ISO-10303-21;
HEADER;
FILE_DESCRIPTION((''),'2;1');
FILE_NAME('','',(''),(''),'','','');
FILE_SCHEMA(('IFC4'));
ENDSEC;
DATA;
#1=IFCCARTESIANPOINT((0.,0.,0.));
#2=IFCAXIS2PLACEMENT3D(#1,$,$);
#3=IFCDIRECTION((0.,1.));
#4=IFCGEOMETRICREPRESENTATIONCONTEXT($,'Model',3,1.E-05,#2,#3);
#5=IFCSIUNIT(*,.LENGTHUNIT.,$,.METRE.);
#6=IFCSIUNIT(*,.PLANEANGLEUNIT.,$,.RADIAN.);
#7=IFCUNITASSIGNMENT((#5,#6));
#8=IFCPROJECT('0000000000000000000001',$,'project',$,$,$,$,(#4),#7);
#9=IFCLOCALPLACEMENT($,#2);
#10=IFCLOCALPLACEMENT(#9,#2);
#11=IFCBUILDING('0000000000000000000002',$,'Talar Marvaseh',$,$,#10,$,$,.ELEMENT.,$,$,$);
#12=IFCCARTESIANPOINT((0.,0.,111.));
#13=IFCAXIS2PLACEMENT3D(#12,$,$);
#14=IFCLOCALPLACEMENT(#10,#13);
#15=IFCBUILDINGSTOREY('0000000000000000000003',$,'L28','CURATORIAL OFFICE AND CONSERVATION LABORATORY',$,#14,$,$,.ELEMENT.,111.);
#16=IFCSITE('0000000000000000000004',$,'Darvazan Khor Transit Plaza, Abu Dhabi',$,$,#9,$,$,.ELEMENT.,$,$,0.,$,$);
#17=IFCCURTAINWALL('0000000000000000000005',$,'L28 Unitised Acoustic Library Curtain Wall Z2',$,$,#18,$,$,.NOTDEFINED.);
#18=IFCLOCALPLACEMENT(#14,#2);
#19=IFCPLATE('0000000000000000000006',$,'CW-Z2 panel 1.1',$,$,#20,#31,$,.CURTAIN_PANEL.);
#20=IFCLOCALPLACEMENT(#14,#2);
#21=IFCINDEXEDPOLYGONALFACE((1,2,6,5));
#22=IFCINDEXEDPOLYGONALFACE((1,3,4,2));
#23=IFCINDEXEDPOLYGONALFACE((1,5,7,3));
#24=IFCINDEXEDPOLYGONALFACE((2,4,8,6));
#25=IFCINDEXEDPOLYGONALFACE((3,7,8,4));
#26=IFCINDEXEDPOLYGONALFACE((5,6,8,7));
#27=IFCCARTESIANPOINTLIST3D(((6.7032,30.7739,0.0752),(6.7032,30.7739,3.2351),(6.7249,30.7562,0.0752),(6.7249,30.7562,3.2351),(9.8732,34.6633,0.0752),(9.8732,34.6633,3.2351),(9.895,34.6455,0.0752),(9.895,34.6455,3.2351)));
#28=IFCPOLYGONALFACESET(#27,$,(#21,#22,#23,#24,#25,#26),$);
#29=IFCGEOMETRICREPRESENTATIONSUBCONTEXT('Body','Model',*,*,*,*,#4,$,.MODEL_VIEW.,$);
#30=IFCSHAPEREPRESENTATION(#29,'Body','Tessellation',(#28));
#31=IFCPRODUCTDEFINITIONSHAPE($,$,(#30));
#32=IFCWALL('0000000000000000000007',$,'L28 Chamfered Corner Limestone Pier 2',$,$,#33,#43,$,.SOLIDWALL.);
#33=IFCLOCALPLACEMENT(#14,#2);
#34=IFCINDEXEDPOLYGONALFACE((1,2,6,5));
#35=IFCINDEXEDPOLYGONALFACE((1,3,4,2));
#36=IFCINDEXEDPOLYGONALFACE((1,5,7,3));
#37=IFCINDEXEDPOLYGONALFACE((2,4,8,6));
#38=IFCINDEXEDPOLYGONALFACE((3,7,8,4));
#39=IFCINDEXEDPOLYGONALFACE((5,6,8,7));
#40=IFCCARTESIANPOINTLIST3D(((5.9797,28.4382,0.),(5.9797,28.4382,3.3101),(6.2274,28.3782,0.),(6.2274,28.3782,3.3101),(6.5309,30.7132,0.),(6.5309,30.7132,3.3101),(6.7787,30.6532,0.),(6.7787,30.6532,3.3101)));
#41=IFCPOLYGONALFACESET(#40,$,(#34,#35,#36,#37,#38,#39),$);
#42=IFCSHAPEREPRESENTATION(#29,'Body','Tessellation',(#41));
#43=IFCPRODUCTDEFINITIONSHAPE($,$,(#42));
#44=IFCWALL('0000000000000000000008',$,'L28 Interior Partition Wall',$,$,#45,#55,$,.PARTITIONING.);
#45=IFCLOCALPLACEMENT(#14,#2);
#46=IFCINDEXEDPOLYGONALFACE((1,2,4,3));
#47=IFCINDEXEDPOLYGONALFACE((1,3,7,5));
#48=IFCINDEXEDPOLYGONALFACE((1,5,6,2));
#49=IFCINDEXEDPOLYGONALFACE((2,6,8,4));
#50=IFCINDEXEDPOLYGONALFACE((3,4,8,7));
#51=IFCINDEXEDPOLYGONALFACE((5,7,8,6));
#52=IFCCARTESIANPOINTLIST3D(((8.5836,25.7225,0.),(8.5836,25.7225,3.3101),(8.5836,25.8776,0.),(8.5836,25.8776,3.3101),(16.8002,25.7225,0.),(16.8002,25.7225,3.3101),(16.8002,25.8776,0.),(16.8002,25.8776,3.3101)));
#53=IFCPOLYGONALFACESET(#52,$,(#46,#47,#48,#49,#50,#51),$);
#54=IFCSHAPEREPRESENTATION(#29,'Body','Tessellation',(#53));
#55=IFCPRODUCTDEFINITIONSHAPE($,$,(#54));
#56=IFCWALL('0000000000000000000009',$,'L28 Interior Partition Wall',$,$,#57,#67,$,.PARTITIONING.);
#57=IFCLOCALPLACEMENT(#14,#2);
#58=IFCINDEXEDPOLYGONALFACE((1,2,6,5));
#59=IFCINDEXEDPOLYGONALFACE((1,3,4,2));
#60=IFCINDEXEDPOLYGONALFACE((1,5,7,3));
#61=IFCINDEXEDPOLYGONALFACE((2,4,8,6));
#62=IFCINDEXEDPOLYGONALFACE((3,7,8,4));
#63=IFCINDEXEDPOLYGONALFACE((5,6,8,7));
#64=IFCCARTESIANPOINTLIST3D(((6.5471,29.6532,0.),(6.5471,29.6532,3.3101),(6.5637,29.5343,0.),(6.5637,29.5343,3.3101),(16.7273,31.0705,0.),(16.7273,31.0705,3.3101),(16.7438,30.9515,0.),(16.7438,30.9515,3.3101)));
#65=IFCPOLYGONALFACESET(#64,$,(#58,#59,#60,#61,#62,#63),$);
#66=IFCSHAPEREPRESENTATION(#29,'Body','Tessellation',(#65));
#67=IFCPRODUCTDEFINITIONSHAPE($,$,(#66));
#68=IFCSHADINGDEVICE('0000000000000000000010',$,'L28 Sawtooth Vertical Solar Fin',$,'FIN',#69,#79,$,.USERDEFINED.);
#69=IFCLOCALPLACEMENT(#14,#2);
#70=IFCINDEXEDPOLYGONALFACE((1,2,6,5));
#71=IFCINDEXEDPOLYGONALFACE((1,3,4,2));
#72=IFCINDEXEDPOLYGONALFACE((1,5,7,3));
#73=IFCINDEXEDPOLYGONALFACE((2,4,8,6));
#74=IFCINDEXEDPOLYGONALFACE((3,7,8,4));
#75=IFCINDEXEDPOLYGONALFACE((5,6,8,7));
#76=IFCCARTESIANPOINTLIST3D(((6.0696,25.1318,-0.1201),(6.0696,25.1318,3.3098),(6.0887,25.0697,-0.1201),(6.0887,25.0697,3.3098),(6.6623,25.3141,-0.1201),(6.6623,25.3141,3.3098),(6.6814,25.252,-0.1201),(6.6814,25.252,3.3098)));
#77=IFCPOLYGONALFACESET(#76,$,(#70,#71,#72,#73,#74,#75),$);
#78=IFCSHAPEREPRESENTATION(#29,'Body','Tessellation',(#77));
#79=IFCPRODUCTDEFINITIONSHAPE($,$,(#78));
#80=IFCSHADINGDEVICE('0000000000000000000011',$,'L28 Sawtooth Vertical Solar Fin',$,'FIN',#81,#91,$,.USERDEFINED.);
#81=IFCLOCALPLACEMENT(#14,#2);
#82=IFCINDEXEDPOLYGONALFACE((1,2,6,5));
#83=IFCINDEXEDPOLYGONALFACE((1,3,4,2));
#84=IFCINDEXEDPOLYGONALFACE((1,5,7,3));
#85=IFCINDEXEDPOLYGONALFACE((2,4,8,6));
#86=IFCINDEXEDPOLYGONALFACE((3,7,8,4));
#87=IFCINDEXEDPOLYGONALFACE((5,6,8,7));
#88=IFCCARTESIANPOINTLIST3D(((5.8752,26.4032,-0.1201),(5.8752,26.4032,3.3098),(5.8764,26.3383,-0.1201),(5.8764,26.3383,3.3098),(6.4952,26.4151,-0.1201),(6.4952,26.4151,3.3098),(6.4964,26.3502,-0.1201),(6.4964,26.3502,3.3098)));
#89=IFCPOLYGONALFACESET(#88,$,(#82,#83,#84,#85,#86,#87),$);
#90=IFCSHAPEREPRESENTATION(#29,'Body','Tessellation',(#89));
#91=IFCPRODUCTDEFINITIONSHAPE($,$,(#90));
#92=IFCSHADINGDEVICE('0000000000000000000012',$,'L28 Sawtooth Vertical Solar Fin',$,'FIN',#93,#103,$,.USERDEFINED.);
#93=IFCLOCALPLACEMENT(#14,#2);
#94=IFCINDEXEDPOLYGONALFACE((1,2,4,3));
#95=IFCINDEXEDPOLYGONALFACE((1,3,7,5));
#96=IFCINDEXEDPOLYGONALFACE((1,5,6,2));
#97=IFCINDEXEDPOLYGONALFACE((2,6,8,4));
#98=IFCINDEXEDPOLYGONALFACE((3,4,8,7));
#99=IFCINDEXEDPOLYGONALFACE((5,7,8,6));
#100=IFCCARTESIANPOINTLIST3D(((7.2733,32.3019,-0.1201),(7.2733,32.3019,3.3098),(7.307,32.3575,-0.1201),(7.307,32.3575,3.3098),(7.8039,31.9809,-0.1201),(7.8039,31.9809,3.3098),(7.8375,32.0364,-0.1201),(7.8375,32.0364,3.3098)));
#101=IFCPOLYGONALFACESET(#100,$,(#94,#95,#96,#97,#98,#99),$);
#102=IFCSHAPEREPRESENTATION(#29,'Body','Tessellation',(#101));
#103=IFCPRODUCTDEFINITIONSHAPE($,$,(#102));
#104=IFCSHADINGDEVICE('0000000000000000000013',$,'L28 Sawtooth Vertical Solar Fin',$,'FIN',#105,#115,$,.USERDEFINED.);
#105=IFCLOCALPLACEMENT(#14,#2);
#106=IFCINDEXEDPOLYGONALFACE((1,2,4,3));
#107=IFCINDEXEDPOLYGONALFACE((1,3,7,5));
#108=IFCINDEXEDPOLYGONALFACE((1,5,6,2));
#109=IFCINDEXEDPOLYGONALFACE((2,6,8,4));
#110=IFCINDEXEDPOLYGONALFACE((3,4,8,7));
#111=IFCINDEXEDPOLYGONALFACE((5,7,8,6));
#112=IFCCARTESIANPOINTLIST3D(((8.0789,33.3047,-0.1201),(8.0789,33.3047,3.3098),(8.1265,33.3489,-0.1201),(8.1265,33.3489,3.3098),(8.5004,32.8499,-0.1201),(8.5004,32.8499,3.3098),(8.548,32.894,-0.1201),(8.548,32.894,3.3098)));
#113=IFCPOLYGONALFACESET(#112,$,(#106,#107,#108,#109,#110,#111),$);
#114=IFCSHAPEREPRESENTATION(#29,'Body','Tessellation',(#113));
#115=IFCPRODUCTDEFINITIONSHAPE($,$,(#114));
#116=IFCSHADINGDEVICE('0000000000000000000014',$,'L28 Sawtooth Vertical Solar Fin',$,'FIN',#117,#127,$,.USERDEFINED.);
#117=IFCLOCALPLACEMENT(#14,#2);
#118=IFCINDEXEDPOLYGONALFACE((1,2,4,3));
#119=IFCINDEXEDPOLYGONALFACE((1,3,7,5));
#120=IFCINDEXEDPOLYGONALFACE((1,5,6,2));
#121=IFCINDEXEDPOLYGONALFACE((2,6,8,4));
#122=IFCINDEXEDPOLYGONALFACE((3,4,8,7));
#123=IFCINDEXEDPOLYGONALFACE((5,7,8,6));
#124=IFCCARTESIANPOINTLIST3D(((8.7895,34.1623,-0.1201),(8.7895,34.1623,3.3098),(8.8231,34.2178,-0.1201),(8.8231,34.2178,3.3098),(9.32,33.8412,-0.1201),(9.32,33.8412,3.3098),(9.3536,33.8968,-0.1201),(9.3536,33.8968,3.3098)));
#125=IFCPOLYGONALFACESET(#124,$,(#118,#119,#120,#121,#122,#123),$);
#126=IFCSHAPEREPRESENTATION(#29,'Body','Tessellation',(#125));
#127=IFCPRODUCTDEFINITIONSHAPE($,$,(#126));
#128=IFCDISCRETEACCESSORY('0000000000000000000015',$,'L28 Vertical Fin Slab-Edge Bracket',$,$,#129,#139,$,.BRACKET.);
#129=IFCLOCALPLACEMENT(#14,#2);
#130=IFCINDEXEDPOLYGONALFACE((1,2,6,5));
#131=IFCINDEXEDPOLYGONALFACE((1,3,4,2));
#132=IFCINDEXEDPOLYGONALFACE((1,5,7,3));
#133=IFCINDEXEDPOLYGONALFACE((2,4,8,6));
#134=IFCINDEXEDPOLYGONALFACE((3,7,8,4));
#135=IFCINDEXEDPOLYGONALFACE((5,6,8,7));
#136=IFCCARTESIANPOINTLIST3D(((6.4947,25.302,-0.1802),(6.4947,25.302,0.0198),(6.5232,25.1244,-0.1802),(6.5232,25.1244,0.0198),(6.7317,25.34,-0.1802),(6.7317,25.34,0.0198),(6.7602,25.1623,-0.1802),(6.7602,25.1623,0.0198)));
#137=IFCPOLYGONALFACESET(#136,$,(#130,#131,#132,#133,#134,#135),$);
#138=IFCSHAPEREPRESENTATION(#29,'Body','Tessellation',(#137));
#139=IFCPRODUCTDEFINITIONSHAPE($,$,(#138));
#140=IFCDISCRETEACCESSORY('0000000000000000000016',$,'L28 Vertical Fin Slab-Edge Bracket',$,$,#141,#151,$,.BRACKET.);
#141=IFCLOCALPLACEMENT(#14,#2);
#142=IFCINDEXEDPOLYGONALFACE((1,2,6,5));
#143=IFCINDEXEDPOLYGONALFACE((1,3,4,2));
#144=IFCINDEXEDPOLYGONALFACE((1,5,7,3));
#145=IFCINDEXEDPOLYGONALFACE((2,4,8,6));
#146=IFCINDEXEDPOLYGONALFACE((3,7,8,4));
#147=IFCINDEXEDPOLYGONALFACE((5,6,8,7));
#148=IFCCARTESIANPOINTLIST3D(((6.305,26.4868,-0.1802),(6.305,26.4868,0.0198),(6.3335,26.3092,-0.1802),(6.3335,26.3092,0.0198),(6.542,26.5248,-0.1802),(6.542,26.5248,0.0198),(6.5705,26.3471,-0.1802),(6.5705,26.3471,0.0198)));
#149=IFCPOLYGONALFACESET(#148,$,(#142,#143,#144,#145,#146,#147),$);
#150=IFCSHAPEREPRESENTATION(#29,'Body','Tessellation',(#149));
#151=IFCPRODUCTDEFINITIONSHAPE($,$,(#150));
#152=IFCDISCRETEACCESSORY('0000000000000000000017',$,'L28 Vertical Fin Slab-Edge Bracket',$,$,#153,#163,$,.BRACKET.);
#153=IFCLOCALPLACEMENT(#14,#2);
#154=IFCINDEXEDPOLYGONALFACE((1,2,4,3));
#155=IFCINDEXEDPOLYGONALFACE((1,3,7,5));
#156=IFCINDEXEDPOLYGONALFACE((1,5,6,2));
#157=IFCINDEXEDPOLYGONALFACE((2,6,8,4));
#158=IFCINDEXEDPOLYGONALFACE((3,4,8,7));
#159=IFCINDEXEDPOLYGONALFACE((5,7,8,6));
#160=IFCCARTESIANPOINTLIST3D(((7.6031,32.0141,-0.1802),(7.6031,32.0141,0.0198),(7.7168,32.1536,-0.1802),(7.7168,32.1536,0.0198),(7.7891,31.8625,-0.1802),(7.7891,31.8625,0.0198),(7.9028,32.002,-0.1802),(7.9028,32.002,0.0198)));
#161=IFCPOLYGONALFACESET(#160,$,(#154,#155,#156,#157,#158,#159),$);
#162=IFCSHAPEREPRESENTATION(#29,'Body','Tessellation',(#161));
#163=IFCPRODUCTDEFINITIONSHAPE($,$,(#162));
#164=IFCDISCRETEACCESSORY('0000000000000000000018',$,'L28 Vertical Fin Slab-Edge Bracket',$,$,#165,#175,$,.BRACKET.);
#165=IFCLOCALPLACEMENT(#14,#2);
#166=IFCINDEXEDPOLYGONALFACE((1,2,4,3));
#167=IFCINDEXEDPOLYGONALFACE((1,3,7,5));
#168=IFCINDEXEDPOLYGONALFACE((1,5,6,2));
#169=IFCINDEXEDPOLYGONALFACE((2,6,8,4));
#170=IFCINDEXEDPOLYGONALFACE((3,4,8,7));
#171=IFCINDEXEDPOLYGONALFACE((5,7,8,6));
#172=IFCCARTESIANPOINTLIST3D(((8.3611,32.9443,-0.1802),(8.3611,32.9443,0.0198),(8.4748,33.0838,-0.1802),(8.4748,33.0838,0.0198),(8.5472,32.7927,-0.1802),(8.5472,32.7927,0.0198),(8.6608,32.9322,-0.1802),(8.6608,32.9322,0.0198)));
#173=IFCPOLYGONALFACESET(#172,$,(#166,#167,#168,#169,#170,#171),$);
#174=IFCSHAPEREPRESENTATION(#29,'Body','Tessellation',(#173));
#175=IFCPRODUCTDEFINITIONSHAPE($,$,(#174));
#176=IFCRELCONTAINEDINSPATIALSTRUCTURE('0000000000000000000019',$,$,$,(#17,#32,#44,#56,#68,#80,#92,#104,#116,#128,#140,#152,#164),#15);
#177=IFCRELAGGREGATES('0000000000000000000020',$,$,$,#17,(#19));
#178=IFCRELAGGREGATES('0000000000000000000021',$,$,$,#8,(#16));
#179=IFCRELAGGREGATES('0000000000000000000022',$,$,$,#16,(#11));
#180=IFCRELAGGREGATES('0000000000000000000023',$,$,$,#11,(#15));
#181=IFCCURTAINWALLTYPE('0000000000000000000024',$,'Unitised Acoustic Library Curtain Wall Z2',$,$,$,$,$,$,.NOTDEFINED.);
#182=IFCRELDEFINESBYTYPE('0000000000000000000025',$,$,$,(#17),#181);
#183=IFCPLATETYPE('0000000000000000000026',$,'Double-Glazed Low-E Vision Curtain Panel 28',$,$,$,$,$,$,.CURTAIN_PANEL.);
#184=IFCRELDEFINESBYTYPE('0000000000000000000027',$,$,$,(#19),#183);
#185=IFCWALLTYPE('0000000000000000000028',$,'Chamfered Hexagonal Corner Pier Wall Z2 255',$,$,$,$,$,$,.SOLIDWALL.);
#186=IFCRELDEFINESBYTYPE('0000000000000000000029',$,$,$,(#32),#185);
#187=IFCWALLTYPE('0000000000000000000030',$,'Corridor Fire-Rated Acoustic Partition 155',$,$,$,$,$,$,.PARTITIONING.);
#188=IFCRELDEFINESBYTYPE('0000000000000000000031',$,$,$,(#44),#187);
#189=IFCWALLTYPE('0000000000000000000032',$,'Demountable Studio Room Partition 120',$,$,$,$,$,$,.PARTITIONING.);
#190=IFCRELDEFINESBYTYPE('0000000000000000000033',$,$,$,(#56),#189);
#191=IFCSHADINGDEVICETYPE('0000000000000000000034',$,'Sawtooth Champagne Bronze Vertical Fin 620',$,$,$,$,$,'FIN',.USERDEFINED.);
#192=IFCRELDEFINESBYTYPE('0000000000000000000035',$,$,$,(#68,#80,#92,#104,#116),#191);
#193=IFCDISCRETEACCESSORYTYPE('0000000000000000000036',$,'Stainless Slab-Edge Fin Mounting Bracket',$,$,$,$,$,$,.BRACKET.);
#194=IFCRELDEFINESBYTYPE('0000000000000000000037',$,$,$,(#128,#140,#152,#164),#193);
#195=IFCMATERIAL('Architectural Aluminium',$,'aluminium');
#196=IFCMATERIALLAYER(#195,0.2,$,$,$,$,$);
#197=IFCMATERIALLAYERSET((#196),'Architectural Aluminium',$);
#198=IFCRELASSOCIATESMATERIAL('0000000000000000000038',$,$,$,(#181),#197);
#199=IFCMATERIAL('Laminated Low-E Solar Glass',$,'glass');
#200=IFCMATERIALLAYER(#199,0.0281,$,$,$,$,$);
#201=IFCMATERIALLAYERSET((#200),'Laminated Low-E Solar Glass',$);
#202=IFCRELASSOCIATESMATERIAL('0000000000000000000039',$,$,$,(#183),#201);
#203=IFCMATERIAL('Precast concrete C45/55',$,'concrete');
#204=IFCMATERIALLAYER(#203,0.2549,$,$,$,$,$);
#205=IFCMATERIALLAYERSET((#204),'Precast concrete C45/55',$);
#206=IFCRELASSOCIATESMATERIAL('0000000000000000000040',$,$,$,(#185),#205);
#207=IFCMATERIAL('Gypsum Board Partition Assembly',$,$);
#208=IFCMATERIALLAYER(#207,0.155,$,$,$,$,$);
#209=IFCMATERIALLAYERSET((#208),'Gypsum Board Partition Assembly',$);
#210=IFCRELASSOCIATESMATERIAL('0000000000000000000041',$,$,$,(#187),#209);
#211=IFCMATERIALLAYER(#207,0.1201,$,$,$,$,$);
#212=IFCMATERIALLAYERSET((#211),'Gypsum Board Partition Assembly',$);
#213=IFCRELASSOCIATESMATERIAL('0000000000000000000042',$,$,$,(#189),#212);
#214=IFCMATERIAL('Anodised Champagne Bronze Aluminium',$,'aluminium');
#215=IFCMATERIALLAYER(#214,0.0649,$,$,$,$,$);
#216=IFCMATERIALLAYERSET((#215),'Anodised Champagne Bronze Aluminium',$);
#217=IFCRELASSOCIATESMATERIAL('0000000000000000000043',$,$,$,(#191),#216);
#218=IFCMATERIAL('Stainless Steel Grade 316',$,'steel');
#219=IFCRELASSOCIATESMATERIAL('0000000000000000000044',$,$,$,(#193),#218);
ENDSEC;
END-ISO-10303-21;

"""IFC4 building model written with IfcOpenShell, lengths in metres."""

from ifc_helpers import new_model, si_unit, direction, frame, frame_2d, origin, origin_2d, place, context, subcontext, project, spatial, rectangle, extrude, source, transform, mapped, material, layer, layer_set, type_object, type_shapes, element, aggregate, save


model = new_model("IFC4")

# Units and contexts
model_context = context("Model", 3, precision=1e-05, world=origin(), true_north=direction((0.0, 1.0)))
body_context = subcontext(model_context, "Body", "Model", "MODEL_VIEW")
ifc_project = project(units=[si_unit("LENGTHUNIT", "METRE"), si_unit("PLANEANGLEUNIT", "RADIAN")], contexts=[model_context])

# Site, building, storey
site_placement = place(None, origin())
site = spatial("IfcSite", under=ifc_project, at=site_placement, Name="Darvazan Khor Transit Plaza, Abu Dhabi", CompositionType="ELEMENT", RefElevation=0.0)
building_placement = place(site_placement, origin())
building = spatial("IfcBuilding", under=site, at=building_placement, Name="Talar Marvaseh", CompositionType="ELEMENT")
storey_placement = place(building_placement, frame((0.0, 0.0, 111.0)))
storey = spatial("IfcBuildingStorey", under=building, at=storey_placement, Name="L28", Description="CURATORIAL OFFICE AND CONSERVATION LABORATORY", CompositionType="ELEMENT", Elevation=111.0)

# Shared definitions
ifc_material_1 = material(Name="Architectural Aluminium", Category="aluminium")
ifc_layer_1 = layer(ifc_material_1, 0.2)
ifc_layer_set_1 = layer_set([ifc_layer_1], Name="Architectural Aluminium")
curtain_wall_type = type_object("IfcCurtainWallType", Name="Unitised Acoustic Library Curtain Wall Z2", PredefinedType="NOTDEFINED", material=ifc_layer_set_1)

# Curtain wall
curtain_wall_1_placement = place(storey_placement, origin())
curtain_wall_1 = element("IfcCurtainWall", 1, at=curtain_wall_1_placement, inside=storey, type_object=curtain_wall_type, Name="L28 Unitised Acoustic Library Curtain Wall Z2", PredefinedType="NOTDEFINED")

# Plate
ifc_material_2 = material(Name="Laminated Low-E Solar Glass", Category="glass")
ifc_layer_2 = layer(ifc_material_2, 0.0281)
ifc_layer_set_2 = layer_set([ifc_layer_2], Name="Laminated Low-E Solar Glass")
plate_type = type_object("IfcPlateType", Name="Double-Glazed Low-E Vision Curtain Panel 28", PredefinedType="CURTAIN_PANEL", material=ifc_layer_set_2)
shared_shape_1 = source(origin(), body_context, "Body", "SweptSolid", [
    extrude(rectangle(XDim=5.0176, YDim=0.0281, at=origin_2d()), origin(), (0.0, 0.0, 1.0), 3.1599),
])
plate_1_placement = place(storey_placement, frame((8.2991, 32.7097, 0.0752), z_axis=(0.0, 0.0, 1.0), x_axis=(0.631782, 0.775146, 0.0)))
plate_1 = element("IfcPlate", 2, at=plate_1_placement, type_object=plate_type, Name="CW-Z2 panel 1.1", PredefinedType="CURTAIN_PANEL", context=body_context, shape_type="MappedRepresentation", body=[
    mapped(shared_shape_1, transform((0.0, 0.0, 0.0), x_axis=(1.0, 0.0, 0.0), y_axis=(0.0, 1.0, 0.0), z_axis=(0.0, 0.0, 1.0), scale=1.0)),
])
aggregate(curtain_wall_1, [plate_1])

# Walls
ifc_material_3 = material(Name="Precast concrete C45/55", Category="concrete")
ifc_layer_3 = layer(ifc_material_3, 0.2549)
ifc_layer_set_3 = layer_set([ifc_layer_3], Name="Precast concrete C45/55")
wall_type_1 = type_object("IfcWallType", Name="Chamfered Hexagonal Corner Pier Wall Z2 255", PredefinedType="SOLIDWALL", material=ifc_layer_set_3)
wall_1_placement = place(storey_placement, frame((6.1035, 28.4082, 0.0), z_axis=(0.0, 0.0, 1.0), x_axis=(0.23551, 0.971872, 0.0)))
element("IfcWall", 3, at=wall_1_placement, inside=storey, type_object=wall_type_1, Name="L28 Chamfered Corner Limestone Pier 2", PredefinedType="SOLIDWALL", context=body_context, shape_type="SweptSolid", body=[
    extrude(rectangle(XDim=2.3408, YDim=0.2549, at=frame_2d((1.1704, 0.0))), origin(), (0.0, 0.0, 1.0), 3.3101),
])
ifc_material_4 = material(Name="Gypsum Board Partition Assembly")
ifc_layer_4 = layer(ifc_material_4, 0.155)
ifc_layer_set_4 = layer_set([ifc_layer_4], Name="Gypsum Board Partition Assembly")
wall_type_2 = type_object("IfcWallType", Name="Corridor Fire-Rated Acoustic Partition 155", PredefinedType="PARTITIONING", material=ifc_layer_set_4)
wall_2_placement = place(storey_placement, frame((8.5835, 25.8, 0.0), z_axis=(0.0, 0.0, 1.0), x_axis=(1.0, 0.0, 0.0)))
element("IfcWall", 4, at=wall_2_placement, inside=storey, type_object=wall_type_2, Name="L28 Interior Partition Wall", PredefinedType="PARTITIONING", context=body_context, shape_type="SweptSolid", body=[
    extrude(rectangle(XDim=8.2166, YDim=0.155, at=frame_2d((4.1084, 0.0))), origin(), (0.0, 0.0, 1.0), 3.3101),
])
ifc_layer_5 = layer(ifc_material_4, 0.1201)
ifc_layer_set_5 = layer_set([ifc_layer_5], Name="Gypsum Board Partition Assembly")
wall_type_3 = type_object("IfcWallType", Name="Demountable Studio Room Partition 120", PredefinedType="PARTITIONING", material=ifc_layer_set_5)
wall_3_placement = place(storey_placement, frame((6.5554, 29.5938, 0.0), z_axis=(0.0, 0.0, 1.0), x_axis=(0.990448, 0.137886, 0.0)))
element("IfcWall", 5, at=wall_3_placement, inside=storey, type_object=wall_type_3, Name="L28 Interior Partition Wall", PredefinedType="PARTITIONING", context=body_context, shape_type="SweptSolid", body=[
    extrude(rectangle(XDim=10.2783, YDim=0.1201, at=frame_2d((5.1392, 0.0))), origin(), (0.0, 0.0, 1.0), 3.3101),
])

# Shading devices
ifc_material_5 = material(Name="Anodised Champagne Bronze Aluminium", Category="aluminium")
ifc_layer_6 = layer(ifc_material_5, 0.0649)
ifc_layer_set_6 = layer_set([ifc_layer_6], Name="Anodised Champagne Bronze Aluminium")
shading_device_type = type_object("IfcShadingDeviceType", Name="Sawtooth Champagne Bronze Vertical Fin 620", ElementType="FIN", PredefinedType="USERDEFINED", material=ifc_layer_set_6)
shared_shape_2 = source(origin(), body_context, "Body", "SweptSolid", [
    extrude(rectangle(XDim=0.6201, YDim=0.0649, at=origin_2d()), origin(), (0.0, 0.0, 1.0), 3.4299),
])
type_shapes(shading_device_type, [shared_shape_2])
for number, where, z_axis, x_axis, name in (
    (6, (6.3755, 25.1919, -0.1201), (0.0, 0.0, 1.0), (-0.955793, -0.29404, 0.0), "L28 Sawtooth Vertical Solar Fin"),
    (7, (6.1858, 26.3767, -0.1201), (0.0, 0.0, 1.0), (-0.999816, -0.019197, 0.0), "L28 Sawtooth Vertical Solar Fin"),
    (8, (7.5554, 32.1692, -0.1201), (0.0, 0.0, 1.0), (-0.855545, 0.517728, 0.0), "L28 Sawtooth Vertical Solar Fin"),
    (9, (8.3135, 33.0994, -0.1201), (0.0, 0.0, 1.0), (-0.679697, 0.733493, 0.0), "L28 Sawtooth Vertical Solar Fin"),
    (10, (9.0715, 34.0295, -0.1201), (0.0, 0.0, 1.0), (-0.855545, 0.517728, 0.0), "L28 Sawtooth Vertical Solar Fin"),
):
    element("IfcShadingDevice", number, at=place(storey_placement, frame(where, z_axis=z_axis, x_axis=x_axis)), inside=storey, type_object=shading_device_type, Name=name, ObjectType="FIN", PredefinedType="USERDEFINED", context=body_context, shape_type="MappedRepresentation", body=[
        mapped(shared_shape_2, transform((0.0, 0.0, 0.0), x_axis=(1.0, 0.0, 0.0), y_axis=(0.0, 1.0, 0.0), z_axis=(0.0, 0.0, 1.0), scale=1.0)),
    ])

# Discrete accessories
ifc_material_6 = material(Name="Stainless Steel Grade 316", Category="steel")
discrete_accessory_type = type_object("IfcDiscreteAccessoryType", Name="Stainless Slab-Edge Fin Mounting Bracket", PredefinedType="BRACKET", material=ifc_material_6)
shared_shape_3 = source(origin(), body_context, "Body", "SweptSolid", [
    extrude(rectangle(XDim=0.24, YDim=0.1799, at=origin_2d()), origin(), (0.0, 0.0, 1.0), 0.2),
])
type_shapes(discrete_accessory_type, [shared_shape_3])
for number, where, z_axis, x_axis, name in (
    (11, (6.6274, 25.2322, -0.1802), (0.0, 0.0, 1.0), (-0.987414, -0.158158, 0.0), "L28 Vertical Fin Slab-Edge Bracket"),
    (12, (6.4377, 26.417, -0.1802), (0.0, 0.0, 1.0), (-0.987414, -0.158158, 0.0), "L28 Vertical Fin Slab-Edge Bracket"),
    (13, (7.7529, 32.0081, -0.1802), (0.0, 0.0, 1.0), (-0.775165, 0.631759, 0.0), "L28 Vertical Fin Slab-Edge Bracket"),
    (14, (8.511, 32.9382, -0.1802), (0.0, 0.0, 1.0), (-0.775165, 0.631759, 0.0), "L28 Vertical Fin Slab-Edge Bracket"),
):
    element("IfcDiscreteAccessory", number, at=place(storey_placement, frame(where, z_axis=z_axis, x_axis=x_axis)), inside=storey, type_object=discrete_accessory_type, Name=name, PredefinedType="BRACKET", context=body_context, shape_type="MappedRepresentation", body=[
        mapped(shared_shape_3, transform((0.0, 0.0, 0.0), x_axis=(1.0, 0.0, 0.0), y_axis=(0.0, 1.0, 0.0), z_axis=(0.0, 0.0, 1.0), scale=1.0)),
    ])

save(model, "model.ifc")
